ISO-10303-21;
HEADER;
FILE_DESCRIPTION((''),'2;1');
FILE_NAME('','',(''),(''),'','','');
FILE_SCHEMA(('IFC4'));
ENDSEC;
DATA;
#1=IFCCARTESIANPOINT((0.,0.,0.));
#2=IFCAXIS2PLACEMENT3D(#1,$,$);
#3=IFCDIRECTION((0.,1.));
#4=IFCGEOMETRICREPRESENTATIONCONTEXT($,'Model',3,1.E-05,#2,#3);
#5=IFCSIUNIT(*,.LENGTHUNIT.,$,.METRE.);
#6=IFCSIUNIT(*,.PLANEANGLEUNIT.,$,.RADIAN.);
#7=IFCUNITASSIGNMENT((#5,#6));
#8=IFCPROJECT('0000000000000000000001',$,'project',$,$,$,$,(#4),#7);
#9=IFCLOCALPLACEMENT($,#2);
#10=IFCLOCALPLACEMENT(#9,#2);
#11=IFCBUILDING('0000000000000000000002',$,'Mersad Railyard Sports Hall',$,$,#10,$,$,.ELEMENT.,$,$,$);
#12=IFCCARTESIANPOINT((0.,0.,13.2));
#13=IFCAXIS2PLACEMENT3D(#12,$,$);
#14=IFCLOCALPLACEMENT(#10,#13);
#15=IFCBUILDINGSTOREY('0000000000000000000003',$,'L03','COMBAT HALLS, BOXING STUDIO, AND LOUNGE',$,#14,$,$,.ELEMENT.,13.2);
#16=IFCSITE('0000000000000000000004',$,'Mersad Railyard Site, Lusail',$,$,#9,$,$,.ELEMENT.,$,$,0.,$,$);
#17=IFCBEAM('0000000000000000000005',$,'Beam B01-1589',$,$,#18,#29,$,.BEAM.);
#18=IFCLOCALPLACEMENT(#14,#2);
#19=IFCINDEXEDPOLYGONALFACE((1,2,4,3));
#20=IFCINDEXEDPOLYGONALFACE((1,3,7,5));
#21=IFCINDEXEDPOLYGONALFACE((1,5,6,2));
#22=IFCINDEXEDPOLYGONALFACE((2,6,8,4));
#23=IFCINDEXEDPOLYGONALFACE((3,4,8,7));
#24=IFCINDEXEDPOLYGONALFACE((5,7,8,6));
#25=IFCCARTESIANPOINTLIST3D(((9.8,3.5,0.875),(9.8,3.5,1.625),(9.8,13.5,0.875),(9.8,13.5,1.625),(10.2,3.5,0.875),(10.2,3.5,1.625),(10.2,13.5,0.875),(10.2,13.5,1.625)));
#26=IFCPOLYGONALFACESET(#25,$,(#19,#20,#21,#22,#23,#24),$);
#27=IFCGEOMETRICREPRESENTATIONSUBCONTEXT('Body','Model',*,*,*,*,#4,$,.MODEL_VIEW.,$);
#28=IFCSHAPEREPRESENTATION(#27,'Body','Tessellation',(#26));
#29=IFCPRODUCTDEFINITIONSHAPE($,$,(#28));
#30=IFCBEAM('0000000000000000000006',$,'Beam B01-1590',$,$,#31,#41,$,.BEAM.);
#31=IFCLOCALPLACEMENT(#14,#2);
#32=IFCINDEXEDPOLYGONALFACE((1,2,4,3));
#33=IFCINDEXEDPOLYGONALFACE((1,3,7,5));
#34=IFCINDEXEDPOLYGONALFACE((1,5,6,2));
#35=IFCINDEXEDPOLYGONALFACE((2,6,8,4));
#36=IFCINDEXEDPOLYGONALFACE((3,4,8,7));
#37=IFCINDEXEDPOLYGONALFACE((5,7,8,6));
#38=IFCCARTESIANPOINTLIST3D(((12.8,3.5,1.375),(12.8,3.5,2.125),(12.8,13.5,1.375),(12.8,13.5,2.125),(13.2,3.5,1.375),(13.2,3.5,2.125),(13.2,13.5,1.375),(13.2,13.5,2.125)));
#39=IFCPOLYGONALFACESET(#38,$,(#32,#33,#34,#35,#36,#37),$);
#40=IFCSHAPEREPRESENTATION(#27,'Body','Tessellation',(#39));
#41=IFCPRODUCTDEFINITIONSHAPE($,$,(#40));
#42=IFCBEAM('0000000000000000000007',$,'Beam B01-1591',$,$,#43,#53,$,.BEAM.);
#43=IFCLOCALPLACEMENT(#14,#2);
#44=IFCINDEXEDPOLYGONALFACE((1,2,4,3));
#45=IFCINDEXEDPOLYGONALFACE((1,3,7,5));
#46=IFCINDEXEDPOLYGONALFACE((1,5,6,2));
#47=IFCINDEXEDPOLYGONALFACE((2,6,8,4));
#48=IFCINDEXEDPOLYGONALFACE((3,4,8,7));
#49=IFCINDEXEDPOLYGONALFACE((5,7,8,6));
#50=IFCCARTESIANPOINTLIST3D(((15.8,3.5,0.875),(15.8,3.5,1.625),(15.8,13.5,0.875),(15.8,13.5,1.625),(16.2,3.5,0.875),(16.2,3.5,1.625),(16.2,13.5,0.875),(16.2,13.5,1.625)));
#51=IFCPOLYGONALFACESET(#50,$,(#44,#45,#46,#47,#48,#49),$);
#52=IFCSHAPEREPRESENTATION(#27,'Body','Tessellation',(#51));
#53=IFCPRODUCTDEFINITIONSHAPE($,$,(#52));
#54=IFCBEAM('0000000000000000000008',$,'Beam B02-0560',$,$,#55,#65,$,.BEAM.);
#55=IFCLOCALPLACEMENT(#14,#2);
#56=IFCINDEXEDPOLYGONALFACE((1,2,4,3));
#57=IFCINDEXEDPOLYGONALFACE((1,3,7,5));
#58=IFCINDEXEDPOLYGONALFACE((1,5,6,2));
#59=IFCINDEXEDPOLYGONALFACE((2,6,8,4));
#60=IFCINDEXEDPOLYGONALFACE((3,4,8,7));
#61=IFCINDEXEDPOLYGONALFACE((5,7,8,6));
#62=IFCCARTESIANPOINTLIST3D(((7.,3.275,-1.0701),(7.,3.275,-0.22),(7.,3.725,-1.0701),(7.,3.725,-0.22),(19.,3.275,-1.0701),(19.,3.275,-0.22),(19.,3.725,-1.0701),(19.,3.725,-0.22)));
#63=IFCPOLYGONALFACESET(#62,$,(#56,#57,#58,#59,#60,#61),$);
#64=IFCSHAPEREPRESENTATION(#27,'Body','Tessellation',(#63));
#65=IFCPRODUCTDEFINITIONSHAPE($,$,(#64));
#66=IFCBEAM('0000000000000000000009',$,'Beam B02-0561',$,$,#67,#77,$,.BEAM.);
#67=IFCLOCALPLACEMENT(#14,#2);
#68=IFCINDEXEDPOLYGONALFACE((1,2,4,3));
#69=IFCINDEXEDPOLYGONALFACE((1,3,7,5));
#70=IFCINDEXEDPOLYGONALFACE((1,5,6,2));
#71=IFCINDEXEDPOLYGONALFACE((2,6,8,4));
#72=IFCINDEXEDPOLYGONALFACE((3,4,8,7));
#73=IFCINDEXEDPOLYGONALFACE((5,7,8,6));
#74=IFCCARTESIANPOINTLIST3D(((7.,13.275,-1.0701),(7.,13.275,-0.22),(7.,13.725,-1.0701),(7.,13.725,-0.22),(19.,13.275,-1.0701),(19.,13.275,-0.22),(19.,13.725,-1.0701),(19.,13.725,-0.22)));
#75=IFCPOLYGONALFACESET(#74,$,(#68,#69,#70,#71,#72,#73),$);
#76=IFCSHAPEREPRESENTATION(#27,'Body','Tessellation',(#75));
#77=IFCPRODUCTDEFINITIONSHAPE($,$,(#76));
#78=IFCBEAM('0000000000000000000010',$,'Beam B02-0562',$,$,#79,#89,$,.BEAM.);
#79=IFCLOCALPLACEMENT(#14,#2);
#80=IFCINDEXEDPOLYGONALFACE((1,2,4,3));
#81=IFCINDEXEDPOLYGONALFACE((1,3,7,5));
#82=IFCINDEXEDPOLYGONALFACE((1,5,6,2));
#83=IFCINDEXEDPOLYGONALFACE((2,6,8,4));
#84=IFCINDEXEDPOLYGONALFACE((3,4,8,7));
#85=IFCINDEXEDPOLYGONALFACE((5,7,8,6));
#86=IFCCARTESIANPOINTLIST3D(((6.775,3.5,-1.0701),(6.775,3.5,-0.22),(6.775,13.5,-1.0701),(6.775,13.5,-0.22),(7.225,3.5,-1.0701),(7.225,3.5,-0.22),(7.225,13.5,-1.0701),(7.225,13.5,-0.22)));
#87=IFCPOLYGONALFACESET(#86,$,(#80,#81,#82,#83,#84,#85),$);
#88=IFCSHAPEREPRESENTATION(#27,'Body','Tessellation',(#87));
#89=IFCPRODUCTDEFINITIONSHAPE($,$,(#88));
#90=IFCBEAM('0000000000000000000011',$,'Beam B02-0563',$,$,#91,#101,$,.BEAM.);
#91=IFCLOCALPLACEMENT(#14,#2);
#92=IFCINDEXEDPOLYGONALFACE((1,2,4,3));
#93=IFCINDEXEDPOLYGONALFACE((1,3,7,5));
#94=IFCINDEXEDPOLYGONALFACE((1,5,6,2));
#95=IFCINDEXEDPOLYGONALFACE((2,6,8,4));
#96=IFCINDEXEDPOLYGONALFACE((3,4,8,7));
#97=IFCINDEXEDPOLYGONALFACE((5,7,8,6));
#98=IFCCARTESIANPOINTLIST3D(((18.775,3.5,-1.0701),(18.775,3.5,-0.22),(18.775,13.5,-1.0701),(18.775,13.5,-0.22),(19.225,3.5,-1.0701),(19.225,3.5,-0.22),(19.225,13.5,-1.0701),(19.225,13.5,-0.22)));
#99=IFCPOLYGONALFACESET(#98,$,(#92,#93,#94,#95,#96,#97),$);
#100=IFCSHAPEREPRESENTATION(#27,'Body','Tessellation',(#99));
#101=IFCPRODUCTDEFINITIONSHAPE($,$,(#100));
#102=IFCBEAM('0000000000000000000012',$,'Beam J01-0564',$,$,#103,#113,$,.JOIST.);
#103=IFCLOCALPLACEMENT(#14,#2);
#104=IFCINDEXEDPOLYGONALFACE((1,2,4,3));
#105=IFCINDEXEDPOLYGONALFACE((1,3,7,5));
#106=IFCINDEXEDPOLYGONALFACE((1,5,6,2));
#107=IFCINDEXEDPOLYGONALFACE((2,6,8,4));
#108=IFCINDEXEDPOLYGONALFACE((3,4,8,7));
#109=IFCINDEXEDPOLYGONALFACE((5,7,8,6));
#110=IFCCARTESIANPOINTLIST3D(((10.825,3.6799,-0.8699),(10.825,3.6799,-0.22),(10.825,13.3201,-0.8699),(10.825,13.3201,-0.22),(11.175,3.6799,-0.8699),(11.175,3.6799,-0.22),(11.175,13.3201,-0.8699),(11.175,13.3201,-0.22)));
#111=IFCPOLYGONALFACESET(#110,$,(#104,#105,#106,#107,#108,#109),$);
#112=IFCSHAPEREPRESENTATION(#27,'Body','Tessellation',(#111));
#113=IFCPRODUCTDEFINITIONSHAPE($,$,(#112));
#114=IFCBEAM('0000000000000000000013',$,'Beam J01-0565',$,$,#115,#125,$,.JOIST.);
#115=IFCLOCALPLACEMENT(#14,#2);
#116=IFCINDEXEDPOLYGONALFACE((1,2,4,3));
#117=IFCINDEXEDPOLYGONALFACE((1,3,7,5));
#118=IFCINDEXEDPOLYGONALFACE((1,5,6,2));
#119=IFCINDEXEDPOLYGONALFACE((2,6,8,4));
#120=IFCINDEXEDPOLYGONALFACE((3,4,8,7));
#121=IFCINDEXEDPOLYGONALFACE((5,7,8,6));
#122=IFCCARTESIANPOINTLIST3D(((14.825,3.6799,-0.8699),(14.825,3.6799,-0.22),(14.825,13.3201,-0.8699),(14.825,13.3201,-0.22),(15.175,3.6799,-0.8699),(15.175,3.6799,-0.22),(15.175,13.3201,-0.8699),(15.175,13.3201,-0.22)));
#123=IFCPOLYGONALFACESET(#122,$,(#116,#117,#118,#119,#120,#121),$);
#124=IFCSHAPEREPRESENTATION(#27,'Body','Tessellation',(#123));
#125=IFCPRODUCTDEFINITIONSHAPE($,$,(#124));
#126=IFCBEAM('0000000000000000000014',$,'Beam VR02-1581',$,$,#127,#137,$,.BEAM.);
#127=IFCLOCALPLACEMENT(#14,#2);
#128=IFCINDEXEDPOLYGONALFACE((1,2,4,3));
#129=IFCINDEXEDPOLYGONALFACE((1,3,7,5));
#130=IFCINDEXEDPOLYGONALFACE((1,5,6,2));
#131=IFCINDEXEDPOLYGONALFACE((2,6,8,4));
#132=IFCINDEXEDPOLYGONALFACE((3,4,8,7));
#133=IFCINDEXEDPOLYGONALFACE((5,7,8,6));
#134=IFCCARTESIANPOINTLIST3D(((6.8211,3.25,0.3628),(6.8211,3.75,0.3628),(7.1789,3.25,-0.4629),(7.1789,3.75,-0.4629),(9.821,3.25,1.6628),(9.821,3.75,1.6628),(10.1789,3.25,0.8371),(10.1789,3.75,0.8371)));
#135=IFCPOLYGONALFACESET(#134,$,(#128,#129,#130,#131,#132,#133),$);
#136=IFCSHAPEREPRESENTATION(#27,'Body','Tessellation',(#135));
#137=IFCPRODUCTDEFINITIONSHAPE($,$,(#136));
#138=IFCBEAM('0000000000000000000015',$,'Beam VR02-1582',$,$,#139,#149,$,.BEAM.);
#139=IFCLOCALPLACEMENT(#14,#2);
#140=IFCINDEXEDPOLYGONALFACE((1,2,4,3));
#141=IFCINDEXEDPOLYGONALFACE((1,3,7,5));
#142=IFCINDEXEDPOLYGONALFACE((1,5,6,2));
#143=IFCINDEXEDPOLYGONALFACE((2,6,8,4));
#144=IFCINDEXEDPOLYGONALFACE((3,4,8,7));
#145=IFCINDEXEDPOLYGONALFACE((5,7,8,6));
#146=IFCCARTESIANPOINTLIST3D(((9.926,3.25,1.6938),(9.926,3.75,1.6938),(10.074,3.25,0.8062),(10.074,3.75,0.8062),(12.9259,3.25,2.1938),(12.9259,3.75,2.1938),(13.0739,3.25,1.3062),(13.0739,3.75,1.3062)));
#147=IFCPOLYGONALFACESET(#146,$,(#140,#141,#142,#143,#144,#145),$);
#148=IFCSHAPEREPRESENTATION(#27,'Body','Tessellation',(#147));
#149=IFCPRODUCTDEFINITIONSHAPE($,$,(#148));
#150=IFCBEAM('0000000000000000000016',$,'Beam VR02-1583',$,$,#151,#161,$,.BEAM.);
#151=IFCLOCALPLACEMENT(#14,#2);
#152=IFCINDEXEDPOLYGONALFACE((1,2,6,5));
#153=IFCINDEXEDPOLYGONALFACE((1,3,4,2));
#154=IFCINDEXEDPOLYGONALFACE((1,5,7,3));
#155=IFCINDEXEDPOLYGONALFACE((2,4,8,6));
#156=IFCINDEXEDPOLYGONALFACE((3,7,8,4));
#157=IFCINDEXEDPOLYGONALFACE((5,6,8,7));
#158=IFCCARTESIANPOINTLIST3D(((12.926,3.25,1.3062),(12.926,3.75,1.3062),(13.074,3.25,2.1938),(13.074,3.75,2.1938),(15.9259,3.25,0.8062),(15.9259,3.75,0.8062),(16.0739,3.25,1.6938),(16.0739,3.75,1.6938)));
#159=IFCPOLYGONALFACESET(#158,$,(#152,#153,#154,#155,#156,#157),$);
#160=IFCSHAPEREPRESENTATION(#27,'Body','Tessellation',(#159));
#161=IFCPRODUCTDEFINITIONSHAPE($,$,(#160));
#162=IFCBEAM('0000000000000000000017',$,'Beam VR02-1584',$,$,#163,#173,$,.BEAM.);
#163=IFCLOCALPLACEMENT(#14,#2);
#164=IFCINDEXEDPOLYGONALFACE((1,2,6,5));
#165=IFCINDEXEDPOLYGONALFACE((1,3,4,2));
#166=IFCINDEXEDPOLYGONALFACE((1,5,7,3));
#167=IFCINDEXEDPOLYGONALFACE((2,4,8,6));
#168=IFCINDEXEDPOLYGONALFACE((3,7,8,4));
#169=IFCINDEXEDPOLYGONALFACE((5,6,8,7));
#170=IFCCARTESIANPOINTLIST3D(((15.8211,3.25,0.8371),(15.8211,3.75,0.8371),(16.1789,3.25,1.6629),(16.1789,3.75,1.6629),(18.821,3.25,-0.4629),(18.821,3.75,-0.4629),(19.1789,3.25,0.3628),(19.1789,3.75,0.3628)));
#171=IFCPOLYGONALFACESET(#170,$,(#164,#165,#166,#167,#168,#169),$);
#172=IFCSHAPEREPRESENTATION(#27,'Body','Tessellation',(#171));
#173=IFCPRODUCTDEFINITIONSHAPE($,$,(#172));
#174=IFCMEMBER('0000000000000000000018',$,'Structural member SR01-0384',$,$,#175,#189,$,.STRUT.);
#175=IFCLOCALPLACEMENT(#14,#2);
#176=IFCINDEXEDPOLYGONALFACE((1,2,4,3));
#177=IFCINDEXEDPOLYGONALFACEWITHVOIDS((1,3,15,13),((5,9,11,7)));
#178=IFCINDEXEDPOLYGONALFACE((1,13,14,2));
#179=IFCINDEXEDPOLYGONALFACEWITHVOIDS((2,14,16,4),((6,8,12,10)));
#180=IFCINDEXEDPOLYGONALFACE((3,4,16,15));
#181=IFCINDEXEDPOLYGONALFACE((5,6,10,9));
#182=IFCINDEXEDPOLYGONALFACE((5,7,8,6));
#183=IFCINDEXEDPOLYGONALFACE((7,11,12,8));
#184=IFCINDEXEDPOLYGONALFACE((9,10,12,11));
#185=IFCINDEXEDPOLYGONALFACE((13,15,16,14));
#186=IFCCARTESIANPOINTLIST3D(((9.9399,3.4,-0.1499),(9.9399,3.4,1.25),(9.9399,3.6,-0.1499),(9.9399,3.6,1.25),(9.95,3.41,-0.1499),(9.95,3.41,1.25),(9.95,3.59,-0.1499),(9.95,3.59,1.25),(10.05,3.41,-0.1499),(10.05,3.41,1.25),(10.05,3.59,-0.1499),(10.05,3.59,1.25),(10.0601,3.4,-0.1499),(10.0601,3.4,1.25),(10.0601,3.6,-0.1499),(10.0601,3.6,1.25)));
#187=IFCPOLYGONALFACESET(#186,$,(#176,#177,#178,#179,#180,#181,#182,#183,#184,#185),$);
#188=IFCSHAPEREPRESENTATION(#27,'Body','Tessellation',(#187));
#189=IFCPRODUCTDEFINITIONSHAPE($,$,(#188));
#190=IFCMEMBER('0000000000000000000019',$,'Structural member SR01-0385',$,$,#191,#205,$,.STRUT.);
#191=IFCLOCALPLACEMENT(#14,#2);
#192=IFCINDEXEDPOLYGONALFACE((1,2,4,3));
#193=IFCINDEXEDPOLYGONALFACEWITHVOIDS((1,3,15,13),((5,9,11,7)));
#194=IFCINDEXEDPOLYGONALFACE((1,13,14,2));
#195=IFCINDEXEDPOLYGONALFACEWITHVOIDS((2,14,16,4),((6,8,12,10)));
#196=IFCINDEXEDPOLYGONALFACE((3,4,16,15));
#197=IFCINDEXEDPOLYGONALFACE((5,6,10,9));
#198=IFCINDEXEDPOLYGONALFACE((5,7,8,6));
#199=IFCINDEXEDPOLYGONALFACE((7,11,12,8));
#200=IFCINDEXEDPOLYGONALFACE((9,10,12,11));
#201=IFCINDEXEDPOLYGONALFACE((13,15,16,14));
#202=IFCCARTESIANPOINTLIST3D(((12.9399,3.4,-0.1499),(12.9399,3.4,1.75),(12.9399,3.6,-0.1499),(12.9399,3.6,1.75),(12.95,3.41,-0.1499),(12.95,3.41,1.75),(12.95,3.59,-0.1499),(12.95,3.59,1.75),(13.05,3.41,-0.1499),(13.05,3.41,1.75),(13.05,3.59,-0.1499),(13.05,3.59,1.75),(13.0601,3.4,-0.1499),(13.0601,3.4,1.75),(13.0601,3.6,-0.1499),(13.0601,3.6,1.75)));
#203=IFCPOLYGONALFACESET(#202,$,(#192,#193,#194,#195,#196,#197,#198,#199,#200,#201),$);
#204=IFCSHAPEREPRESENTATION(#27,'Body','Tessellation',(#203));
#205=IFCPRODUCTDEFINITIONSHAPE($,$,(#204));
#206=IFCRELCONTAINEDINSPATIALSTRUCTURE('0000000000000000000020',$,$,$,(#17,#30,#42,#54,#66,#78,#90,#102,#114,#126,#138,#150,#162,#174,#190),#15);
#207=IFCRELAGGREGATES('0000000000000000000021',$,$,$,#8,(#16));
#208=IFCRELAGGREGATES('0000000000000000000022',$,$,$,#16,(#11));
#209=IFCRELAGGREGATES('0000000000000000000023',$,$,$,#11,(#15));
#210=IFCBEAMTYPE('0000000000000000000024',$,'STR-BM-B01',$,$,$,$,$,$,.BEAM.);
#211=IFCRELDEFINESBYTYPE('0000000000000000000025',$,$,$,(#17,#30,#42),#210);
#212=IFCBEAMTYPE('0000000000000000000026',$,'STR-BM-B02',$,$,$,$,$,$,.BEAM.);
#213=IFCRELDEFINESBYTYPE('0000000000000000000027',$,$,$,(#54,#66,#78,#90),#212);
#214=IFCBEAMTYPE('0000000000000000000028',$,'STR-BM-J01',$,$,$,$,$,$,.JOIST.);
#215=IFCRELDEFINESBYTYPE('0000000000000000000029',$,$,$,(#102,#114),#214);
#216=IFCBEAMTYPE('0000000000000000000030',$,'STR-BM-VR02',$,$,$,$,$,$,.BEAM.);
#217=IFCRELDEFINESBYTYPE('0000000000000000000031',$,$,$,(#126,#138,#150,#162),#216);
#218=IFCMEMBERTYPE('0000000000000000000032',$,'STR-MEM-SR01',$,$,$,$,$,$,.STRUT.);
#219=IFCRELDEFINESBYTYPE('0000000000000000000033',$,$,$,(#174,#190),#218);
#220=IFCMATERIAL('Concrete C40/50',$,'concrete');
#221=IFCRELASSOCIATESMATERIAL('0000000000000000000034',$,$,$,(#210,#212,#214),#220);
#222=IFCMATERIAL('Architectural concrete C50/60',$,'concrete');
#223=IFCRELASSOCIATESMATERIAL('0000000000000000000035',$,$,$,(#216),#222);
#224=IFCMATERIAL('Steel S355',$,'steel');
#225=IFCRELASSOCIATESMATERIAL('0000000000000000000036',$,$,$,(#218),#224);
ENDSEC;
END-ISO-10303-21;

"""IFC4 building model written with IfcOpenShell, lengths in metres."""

from ifc_helpers import new_model, si_unit, direction, frame, origin, origin_2d, place, context, subcontext, project, spatial, rectangle, hollow_rectangle, extrude, material, material_profile, profile_set, type_object, element, save


model = new_model("IFC4")

# Units and contexts
model_context = context("Model", 3, precision=1e-05, world=origin(), true_north=direction((0.0, 1.0)))
body_context = subcontext(model_context, "Body", "Model", "MODEL_VIEW")
ifc_project = project(units=[si_unit("LENGTHUNIT", "METRE"), si_unit("PLANEANGLEUNIT", "RADIAN")], contexts=[model_context])

# Site, building, storey
site_placement = place(None, origin())
site = spatial("IfcSite", under=ifc_project, at=site_placement, Name="Mersad Railyard Site, Lusail", CompositionType="ELEMENT", RefElevation=0.0)
building_placement = place(site_placement, origin())
building = spatial("IfcBuilding", under=site, at=building_placement, Name="Mersad Railyard Sports Hall", CompositionType="ELEMENT")
storey_placement = place(building_placement, frame((0.0, 0.0, 13.2)))
storey = spatial("IfcBuildingStorey", under=building, at=storey_placement, Name="L03", Description="COMBAT HALLS, BOXING STUDIO, AND LOUNGE", CompositionType="ELEMENT", Elevation=13.2)

# Beams
ifc_material_1 = material(Name="Concrete C40/50", Category="concrete")
ifc_material_profile_1 = material_profile(ifc_material_1, rectangle(XDim=0.3999, YDim=0.75, at=origin_2d()), Name="RC 400x750")
ifc_profile_set_1 = profile_set([ifc_material_profile_1], Name="Concrete C40/50")
beam_type_1 = type_object("IfcBeamType", Name="STR-BM-B01", PredefinedType="BEAM", material=ifc_profile_set_1)
for number, where, z_axis, x_axis, name in (
    (1, (10.0, 3.5, 1.25), (0.0, 1.0, 0.0), (-1.0, 0.0, 0.0), "Beam B01-1589"),
    (2, (13.0, 3.5, 1.75), (0.0, 1.0, 0.0), (-1.0, 0.0, 0.0), "Beam B01-1590"),
    (3, (16.0, 3.5, 1.25), (0.0, 1.0, 0.0), (-1.0, 0.0, 0.0), "Beam B01-1591"),
):
    element("IfcBeam", number, at=place(storey_placement, frame(where, z_axis=z_axis, x_axis=x_axis)), inside=storey, type_object=beam_type_1, Name=name, PredefinedType="BEAM", context=body_context, shape_type="SweptSolid", body=[
        extrude(rectangle(XDim=0.3999, YDim=0.75, at=origin_2d()), origin(), (0.0, 0.0, 1.0), 10.0),
    ])
ifc_material_profile_2 = material_profile(ifc_material_1, rectangle(XDim=0.45, YDim=0.8501, at=origin_2d()), Name="RC 450x850")
ifc_profile_set_2 = profile_set([ifc_material_profile_2], Name="Concrete C40/50")
beam_type_2 = type_object("IfcBeamType", Name="STR-BM-B02", PredefinedType="BEAM", material=ifc_profile_set_2)
for number, where, z_axis, x_axis, name in (
    (4, (7.0, 3.5, -0.645), (1.0, 0.0, 0.0), (0.0, 1.0, 0.0), "Beam B02-0560"),
    (5, (7.0, 13.5, -0.645), (1.0, 0.0, 0.0), (0.0, 1.0, 0.0), "Beam B02-0561"),
):
    element("IfcBeam", number, at=place(storey_placement, frame(where, z_axis=z_axis, x_axis=x_axis)), inside=storey, type_object=beam_type_2, Name=name, PredefinedType="BEAM", context=body_context, shape_type="SweptSolid", body=[
        extrude(rectangle(XDim=0.45, YDim=0.8501, at=origin_2d()), origin(), (0.0, 0.0, 1.0), 12.0),
    ])
for number, where, z_axis, x_axis, name in (
    (6, (7.0, 3.5, -0.645), (0.0, 1.0, 0.0), (-1.0, 0.0, 0.0), "Beam B02-0562"),
    (7, (19.0, 3.5, -0.645), (0.0, 1.0, 0.0), (-1.0, 0.0, 0.0), "Beam B02-0563"),
):
    element("IfcBeam", number, at=place(storey_placement, frame(where, z_axis=z_axis, x_axis=x_axis)), inside=storey, type_object=beam_type_2, Name=name, PredefinedType="BEAM", context=body_context, shape_type="SweptSolid", body=[
        extrude(rectangle(XDim=0.45, YDim=0.8501, at=origin_2d()), origin(), (0.0, 0.0, 1.0), 10.0),
    ])
ifc_material_profile_3 = material_profile(ifc_material_1, rectangle(XDim=0.3501, YDim=0.6499, at=origin_2d()), Name="RC 350x650")
ifc_profile_set_3 = profile_set([ifc_material_profile_3], Name="Concrete C40/50")
beam_type_3 = type_object("IfcBeamType", Name="STR-BM-J01", PredefinedType="JOIST", material=ifc_profile_set_3)
for number, where, z_axis, x_axis, name in (
    (8, (11.0, 3.6799, -0.5449), (0.0, 1.0, 0.0), (-1.0, 0.0, 0.0), "Beam J01-0564"),
    (9, (15.0, 3.6799, -0.5449), (0.0, 1.0, 0.0), (-1.0, 0.0, 0.0), "Beam J01-0565"),
):
    element("IfcBeam", number, at=place(storey_placement, frame(where, z_axis=z_axis, x_axis=x_axis)), inside=storey, type_object=beam_type_3, Name=name, PredefinedType="JOIST", context=body_context, shape_type="SweptSolid", body=[
        extrude(rectangle(XDim=0.3501, YDim=0.6499, at=origin_2d()), origin(), (0.0, 0.0, 1.0), 9.6401),
    ])
ifc_material_2 = material(Name="Architectural concrete C50/60", Category="concrete")
ifc_material_profile_4 = material_profile(ifc_material_2, rectangle(XDim=0.5, YDim=0.8999, at=origin_2d()), Name="VR 500x900")
ifc_profile_set_4 = profile_set([ifc_material_profile_4], Name="Architectural concrete C50/60")
beam_type_4 = type_object("IfcBeamType", Name="STR-BM-VR02", PredefinedType="BEAM", material=ifc_profile_set_4)
beam_1_placement = place(storey_placement, frame((7.0, 3.5, -0.05), z_axis=(0.91755, 0.0, 0.39762), x_axis=(0.0, 1.0, 0.0)))
element("IfcBeam", 10, at=beam_1_placement, inside=storey, type_object=beam_type_4, Name="Beam VR02-1581", PredefinedType="BEAM", context=body_context, shape_type="SweptSolid", body=[
    extrude(rectangle(XDim=0.5, YDim=0.8999, at=origin_2d()), origin(), (0.0, 0.0, 1.0), 3.2695),
])
for number, where, z_axis, x_axis, name in (
    (11, (10.0, 3.5, 1.25), (0.986394, 0.0, 0.164399), (0.0, 1.0, 0.0), "Beam VR02-1582"),
    (12, (13.0, 3.5, 1.75), (0.986394, 0.0, -0.164399), (0.0, 1.0, 0.0), "Beam VR02-1583"),
):
    element("IfcBeam", number, at=place(storey_placement, frame(where, z_axis=z_axis, x_axis=x_axis)), inside=storey, type_object=beam_type_4, Name=name, PredefinedType="BEAM", context=body_context, shape_type="SweptSolid", body=[
        extrude(rectangle(XDim=0.5, YDim=0.8999, at=origin_2d()), origin(), (0.0, 0.0, 1.0), 3.0413),
    ])
beam_2_placement = place(storey_placement, frame((16.0, 3.5, 1.25), z_axis=(0.91755, 0.0, -0.39762), x_axis=(0.0, 1.0, 0.0)))
element("IfcBeam", 13, at=beam_2_placement, inside=storey, type_object=beam_type_4, Name="Beam VR02-1584", PredefinedType="BEAM", context=body_context, shape_type="SweptSolid", body=[
    extrude(rectangle(XDim=0.5, YDim=0.8999, at=origin_2d()), origin(), (0.0, 0.0, 1.0), 3.2695),
])

# Members
ifc_material_3 = material(Name="Steel S355", Category="steel")
ifc_material_profile_5 = material_profile(ifc_material_3, hollow_rectangle(XDim=0.1201, YDim=0.2, WallThickness=0.01, at=origin_2d()), Name="RHS 200x120x10")
ifc_profile_set_5 = profile_set([ifc_material_profile_5], Name="Steel S355")
member_type = type_object("IfcMemberType", Name="STR-MEM-SR01", PredefinedType="STRUT", material=ifc_profile_set_5)
member_1_placement = place(storey_placement, frame((10.0, 3.5, -0.1499), z_axis=(0.0, 0.0, 1.0), x_axis=(1.0, 0.0, 0.0)))
element("IfcMember", 14, at=member_1_placement, inside=storey, type_object=member_type, Name="Structural member SR01-0384", PredefinedType="STRUT", context=body_context, shape_type="SweptSolid", body=[
    extrude(hollow_rectangle(XDim=0.1201, YDim=0.2, WallThickness=0.01, at=origin_2d()), origin(), (0.0, 0.0, 1.0), 1.3999),
])
member_2_placement = place(storey_placement, frame((13.0, 3.5, -0.1499), z_axis=(0.0, 0.0, 1.0), x_axis=(1.0, 0.0, 0.0)))
element("IfcMember", 15, at=member_2_placement, inside=storey, type_object=member_type, Name="Structural member SR01-0385", PredefinedType="STRUT", context=body_context, shape_type="SweptSolid", body=[
    extrude(hollow_rectangle(XDim=0.1201, YDim=0.2, WallThickness=0.01, at=origin_2d()), origin(), (0.0, 0.0, 1.0), 1.8999),
])

save(model, "model.ifc")
